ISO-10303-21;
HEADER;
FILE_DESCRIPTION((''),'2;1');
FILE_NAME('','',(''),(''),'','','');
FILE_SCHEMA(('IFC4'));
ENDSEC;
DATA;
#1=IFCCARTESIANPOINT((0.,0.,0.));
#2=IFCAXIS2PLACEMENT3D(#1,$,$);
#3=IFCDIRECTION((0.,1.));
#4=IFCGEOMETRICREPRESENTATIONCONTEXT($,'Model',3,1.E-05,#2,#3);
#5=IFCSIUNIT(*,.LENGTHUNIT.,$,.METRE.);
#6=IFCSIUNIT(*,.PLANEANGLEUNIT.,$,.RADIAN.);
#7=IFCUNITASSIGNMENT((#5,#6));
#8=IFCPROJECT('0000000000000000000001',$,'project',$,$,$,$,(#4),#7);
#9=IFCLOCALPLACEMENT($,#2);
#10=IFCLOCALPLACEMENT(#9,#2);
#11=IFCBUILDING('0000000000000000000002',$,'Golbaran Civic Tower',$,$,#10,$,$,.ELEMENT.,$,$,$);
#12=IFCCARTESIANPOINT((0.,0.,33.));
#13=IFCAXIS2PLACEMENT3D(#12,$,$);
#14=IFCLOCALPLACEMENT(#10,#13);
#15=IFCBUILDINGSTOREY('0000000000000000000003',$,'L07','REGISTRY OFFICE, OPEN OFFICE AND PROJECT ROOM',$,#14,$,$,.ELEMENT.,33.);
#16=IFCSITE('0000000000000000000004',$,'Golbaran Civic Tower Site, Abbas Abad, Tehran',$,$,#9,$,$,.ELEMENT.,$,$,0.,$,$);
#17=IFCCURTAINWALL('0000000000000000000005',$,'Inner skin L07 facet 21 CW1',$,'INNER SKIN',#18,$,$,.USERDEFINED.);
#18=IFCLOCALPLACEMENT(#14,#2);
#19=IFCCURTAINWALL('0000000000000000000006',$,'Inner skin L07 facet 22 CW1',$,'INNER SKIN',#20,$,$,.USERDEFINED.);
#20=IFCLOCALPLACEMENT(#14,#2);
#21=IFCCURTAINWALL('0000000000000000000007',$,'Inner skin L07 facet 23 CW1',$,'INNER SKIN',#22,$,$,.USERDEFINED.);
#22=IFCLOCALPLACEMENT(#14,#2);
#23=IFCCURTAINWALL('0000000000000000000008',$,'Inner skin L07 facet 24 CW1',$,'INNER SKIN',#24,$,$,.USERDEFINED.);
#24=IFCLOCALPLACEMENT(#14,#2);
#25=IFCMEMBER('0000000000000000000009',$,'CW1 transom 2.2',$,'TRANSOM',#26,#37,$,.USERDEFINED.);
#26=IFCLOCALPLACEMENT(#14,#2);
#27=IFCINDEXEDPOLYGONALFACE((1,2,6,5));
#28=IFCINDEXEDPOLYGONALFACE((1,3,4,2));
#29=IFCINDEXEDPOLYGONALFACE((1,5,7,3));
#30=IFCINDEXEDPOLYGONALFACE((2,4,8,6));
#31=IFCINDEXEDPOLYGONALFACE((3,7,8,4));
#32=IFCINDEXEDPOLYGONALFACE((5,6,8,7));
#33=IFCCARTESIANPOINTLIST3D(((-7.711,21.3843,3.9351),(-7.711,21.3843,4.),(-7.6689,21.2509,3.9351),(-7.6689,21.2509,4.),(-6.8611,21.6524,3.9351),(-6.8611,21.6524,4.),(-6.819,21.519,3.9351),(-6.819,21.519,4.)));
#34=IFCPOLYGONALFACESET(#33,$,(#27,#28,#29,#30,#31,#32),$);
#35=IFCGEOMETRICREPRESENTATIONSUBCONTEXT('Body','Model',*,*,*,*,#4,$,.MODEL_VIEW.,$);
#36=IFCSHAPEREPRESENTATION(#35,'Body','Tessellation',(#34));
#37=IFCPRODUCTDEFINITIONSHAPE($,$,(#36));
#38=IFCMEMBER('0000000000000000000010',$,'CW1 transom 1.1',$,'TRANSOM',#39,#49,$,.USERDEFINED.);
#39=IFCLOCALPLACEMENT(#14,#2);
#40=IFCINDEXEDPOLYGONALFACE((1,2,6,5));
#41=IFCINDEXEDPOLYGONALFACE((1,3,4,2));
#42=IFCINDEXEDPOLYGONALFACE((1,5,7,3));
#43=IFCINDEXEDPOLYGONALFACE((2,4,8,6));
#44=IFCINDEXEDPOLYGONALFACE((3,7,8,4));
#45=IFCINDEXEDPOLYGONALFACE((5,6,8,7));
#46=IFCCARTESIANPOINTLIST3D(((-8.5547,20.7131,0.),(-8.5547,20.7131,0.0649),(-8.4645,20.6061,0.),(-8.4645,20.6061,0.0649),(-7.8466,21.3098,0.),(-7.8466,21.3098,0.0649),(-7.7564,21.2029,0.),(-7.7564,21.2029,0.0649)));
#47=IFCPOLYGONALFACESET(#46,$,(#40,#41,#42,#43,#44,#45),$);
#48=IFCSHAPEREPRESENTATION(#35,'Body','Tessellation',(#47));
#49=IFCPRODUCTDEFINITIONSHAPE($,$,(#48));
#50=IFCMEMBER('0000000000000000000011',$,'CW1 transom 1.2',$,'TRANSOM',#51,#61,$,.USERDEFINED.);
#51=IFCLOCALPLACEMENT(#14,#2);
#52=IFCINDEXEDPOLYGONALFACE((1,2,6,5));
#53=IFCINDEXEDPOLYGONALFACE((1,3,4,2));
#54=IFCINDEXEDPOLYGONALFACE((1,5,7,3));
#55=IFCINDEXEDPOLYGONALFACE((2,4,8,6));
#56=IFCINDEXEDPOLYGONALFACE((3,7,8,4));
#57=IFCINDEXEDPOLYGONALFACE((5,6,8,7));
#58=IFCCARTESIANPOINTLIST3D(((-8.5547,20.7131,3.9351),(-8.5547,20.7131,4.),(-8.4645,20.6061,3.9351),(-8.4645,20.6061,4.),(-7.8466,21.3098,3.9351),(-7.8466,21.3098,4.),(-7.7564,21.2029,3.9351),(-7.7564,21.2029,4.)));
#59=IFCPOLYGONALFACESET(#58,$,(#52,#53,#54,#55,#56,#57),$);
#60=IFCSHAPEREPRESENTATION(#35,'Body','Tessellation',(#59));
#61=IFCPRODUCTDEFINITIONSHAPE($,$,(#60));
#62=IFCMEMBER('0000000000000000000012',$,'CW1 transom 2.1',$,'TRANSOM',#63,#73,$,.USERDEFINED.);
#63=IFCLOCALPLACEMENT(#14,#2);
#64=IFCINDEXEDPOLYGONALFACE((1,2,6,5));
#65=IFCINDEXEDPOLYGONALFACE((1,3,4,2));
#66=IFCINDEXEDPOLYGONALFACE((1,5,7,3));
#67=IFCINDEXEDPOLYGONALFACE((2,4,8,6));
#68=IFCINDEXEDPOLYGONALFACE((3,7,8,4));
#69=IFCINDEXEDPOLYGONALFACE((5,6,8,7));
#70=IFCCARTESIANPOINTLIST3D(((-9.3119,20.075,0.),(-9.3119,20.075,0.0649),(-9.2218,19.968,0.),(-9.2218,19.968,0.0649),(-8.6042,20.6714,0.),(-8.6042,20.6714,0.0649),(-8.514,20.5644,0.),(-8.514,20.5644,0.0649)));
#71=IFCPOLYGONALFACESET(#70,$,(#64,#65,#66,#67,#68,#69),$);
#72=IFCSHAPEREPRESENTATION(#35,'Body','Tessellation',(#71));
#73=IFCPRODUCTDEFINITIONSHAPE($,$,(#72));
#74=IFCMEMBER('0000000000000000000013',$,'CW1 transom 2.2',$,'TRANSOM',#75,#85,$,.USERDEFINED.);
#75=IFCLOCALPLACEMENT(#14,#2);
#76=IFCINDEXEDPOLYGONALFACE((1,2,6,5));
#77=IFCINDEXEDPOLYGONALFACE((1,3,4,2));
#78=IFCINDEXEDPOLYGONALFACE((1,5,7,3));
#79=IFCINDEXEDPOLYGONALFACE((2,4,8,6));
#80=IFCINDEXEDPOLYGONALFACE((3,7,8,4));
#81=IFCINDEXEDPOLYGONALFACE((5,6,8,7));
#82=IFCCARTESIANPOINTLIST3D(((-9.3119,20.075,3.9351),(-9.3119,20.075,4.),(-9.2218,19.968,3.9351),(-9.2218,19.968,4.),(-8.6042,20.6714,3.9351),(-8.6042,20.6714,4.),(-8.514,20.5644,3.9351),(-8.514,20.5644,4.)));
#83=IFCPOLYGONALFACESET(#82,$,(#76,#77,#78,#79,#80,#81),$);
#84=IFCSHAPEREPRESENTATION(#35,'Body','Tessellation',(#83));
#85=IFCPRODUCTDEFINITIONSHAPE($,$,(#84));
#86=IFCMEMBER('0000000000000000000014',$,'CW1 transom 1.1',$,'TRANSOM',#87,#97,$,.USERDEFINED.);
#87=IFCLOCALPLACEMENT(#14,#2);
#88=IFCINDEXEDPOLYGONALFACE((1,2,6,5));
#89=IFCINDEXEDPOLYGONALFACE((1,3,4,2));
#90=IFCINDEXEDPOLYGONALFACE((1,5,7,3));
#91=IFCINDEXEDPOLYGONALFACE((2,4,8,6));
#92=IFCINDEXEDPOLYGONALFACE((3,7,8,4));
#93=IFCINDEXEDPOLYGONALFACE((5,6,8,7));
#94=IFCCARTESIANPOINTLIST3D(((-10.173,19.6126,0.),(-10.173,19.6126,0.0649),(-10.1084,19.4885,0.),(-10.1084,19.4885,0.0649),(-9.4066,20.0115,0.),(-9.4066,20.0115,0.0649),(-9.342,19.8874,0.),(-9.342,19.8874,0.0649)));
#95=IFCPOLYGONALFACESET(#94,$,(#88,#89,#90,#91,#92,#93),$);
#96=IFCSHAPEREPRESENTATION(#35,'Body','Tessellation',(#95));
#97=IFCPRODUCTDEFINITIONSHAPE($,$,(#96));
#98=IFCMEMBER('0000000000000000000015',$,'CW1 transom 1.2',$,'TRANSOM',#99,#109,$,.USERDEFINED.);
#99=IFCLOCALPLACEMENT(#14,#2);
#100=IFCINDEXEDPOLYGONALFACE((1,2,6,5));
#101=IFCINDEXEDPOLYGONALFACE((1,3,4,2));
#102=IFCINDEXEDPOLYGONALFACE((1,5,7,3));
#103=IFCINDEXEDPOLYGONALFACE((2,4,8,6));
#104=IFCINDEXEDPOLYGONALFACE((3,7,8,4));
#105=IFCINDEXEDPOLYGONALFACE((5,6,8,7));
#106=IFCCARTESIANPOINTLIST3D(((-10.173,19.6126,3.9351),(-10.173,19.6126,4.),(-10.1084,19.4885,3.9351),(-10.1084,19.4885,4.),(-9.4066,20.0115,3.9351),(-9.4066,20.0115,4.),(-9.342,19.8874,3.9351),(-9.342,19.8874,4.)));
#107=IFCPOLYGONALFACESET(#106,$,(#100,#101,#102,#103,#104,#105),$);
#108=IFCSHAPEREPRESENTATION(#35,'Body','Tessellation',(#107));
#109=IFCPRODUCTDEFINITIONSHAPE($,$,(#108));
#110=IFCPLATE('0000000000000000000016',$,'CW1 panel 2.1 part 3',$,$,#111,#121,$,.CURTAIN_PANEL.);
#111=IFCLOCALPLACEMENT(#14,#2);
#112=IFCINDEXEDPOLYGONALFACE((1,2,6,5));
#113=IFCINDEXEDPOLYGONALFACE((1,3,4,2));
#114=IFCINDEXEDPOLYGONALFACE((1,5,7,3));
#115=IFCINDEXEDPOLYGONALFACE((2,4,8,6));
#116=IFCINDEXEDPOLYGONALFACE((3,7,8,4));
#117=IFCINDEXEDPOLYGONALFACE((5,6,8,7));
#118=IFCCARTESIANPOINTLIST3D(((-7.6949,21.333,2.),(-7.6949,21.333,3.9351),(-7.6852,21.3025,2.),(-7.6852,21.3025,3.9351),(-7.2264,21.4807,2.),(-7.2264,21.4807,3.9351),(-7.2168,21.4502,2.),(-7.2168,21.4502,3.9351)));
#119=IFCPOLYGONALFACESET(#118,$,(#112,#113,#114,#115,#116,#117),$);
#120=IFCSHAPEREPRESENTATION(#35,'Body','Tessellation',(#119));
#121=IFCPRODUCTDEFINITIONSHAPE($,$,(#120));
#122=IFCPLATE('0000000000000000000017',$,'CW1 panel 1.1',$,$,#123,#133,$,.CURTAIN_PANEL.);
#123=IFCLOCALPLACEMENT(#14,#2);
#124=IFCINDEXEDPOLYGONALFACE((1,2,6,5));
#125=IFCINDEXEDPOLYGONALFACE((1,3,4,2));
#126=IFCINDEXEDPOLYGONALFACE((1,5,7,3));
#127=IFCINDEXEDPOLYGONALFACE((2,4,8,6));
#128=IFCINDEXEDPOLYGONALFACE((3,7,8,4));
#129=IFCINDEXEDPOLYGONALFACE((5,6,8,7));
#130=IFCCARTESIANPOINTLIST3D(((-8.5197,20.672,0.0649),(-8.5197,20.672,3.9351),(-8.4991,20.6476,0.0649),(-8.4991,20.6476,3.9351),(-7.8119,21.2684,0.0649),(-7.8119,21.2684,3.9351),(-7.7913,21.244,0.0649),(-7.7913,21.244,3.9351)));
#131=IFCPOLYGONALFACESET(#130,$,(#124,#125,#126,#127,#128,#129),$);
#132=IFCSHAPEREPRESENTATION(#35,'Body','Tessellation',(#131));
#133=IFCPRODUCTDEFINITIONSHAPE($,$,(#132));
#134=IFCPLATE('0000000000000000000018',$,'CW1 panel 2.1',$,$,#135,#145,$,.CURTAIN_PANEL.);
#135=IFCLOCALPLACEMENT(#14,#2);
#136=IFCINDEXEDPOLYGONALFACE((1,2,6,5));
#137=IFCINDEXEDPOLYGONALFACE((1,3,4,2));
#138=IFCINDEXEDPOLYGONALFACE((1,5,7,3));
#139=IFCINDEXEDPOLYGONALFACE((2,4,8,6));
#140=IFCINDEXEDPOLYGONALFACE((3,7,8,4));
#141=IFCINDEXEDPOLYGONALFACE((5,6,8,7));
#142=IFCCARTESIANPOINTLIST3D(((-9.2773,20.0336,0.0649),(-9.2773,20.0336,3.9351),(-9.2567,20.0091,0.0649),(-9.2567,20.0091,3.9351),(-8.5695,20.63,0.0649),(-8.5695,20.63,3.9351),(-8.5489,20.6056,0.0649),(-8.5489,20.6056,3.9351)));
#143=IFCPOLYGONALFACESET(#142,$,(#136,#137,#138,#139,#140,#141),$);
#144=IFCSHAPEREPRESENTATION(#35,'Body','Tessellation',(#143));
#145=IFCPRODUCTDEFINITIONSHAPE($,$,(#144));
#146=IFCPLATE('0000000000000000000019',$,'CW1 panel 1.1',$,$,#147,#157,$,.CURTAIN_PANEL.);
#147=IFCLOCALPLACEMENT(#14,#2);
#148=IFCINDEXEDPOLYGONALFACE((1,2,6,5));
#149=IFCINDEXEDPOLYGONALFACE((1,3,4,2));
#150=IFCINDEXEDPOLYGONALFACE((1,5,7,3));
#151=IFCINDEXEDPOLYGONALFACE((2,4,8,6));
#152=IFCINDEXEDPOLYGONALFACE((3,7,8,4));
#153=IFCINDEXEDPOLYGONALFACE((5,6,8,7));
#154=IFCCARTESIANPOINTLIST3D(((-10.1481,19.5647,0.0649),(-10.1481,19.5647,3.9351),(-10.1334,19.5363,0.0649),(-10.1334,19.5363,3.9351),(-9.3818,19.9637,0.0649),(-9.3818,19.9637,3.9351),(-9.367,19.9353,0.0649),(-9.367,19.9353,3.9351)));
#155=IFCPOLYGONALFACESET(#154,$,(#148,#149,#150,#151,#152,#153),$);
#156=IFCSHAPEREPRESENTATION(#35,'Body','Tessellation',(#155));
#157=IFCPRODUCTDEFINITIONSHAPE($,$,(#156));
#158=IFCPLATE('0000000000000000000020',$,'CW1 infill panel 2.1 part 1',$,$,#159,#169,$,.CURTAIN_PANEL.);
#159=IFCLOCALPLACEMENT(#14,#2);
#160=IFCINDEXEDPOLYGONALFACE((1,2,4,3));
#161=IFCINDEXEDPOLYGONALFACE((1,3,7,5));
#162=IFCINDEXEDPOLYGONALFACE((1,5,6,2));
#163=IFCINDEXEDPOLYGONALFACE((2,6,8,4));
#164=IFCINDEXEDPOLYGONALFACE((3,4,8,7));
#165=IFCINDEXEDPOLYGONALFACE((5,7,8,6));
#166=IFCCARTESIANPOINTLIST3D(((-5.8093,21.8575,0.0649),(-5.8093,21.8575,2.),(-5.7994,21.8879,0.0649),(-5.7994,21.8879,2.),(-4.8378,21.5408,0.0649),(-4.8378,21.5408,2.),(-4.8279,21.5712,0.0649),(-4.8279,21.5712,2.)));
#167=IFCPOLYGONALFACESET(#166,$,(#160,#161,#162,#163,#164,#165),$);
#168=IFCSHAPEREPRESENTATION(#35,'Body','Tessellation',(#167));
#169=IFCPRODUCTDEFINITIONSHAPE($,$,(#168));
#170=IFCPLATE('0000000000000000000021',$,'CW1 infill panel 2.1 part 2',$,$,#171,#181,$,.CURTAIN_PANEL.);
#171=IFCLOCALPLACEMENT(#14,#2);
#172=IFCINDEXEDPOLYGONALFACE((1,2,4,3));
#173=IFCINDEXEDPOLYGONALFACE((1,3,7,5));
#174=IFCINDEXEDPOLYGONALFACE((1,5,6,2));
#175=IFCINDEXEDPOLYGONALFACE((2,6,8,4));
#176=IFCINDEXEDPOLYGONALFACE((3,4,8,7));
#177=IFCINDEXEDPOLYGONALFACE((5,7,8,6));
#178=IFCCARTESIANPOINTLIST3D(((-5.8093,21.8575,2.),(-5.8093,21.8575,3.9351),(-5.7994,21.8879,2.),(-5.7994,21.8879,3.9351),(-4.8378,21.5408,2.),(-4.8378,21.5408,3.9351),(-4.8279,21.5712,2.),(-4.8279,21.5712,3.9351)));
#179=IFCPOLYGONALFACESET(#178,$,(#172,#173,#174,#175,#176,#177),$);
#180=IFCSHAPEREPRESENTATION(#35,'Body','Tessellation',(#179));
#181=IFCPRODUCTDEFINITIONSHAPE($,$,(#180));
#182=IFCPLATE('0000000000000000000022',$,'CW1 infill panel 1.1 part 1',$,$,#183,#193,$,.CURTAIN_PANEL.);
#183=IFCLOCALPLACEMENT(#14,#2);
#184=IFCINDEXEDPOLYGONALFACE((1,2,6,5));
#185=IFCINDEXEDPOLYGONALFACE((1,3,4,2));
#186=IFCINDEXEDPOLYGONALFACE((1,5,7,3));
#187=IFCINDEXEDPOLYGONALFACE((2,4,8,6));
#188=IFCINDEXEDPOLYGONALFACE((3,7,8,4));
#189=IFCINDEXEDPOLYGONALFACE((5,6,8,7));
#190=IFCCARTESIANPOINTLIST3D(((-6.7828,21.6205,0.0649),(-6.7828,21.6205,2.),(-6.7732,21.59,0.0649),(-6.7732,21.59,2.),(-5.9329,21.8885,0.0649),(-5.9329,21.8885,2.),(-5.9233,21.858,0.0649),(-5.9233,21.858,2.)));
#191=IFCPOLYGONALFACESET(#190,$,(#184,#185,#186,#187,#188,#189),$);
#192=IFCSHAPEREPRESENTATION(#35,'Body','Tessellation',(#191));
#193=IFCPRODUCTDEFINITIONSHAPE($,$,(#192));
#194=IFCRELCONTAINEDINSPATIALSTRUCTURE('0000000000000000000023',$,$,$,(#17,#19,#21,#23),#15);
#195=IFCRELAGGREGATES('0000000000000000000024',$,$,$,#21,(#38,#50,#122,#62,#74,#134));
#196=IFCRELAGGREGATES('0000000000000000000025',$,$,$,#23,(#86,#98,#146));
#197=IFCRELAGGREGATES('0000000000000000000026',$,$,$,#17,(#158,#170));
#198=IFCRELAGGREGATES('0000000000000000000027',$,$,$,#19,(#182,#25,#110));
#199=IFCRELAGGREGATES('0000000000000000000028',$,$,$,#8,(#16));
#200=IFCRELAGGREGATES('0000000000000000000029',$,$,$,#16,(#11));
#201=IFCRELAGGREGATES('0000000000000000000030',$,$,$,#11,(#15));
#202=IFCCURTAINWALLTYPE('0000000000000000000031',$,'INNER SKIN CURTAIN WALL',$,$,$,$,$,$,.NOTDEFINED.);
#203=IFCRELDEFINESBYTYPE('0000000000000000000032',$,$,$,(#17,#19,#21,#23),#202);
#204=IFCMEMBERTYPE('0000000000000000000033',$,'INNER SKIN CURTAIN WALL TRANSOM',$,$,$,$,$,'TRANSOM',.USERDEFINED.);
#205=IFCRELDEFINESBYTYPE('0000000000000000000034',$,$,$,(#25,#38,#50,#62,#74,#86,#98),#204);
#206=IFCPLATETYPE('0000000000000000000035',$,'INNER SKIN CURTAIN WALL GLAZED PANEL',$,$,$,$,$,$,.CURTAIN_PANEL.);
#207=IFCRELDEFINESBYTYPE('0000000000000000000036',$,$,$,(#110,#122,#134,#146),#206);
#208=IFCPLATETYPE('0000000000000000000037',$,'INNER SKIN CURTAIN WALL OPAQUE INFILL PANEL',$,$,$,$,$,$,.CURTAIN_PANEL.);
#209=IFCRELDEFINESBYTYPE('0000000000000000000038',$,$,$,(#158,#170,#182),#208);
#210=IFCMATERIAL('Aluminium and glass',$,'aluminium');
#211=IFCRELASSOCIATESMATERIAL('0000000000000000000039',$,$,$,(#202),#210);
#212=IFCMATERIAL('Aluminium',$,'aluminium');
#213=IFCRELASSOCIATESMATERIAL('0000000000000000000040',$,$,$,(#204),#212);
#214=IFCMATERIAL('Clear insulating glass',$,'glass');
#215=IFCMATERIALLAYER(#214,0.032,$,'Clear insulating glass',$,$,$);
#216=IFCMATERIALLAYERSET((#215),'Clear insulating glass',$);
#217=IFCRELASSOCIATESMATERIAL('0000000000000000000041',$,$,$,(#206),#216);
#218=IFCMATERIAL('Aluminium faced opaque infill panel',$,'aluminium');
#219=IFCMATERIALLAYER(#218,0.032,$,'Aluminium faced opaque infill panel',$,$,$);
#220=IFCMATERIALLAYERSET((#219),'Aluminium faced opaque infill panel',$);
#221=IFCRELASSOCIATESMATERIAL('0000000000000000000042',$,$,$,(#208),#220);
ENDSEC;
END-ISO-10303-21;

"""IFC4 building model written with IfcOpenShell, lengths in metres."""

from ifc_helpers import new_model, si_unit, direction, frame, origin, origin_2d, place, context, subcontext, project, spatial, rectangle, extrude, material, layer, layer_set, material_profile, profile_set, type_object, element, aggregate, save


model = new_model("IFC4")

# Units and contexts
model_context = context("Model", 3, precision=1e-05, world=origin(), true_north=direction((0.0, 1.0)))
body_context = subcontext(model_context, "Body", "Model", "MODEL_VIEW")
ifc_project = project(units=[si_unit("LENGTHUNIT", "METRE"), si_unit("PLANEANGLEUNIT", "RADIAN")], contexts=[model_context])

# Site, building, storey
site_placement = place(None, origin())
site = spatial("IfcSite", under=ifc_project, at=site_placement, Name="Golbaran Civic Tower Site, Abbas Abad, Tehran", CompositionType="ELEMENT", RefElevation=0.0)
building_placement = place(site_placement, origin())
building = spatial("IfcBuilding", under=site, at=building_placement, Name="Golbaran Civic Tower", CompositionType="ELEMENT")
storey_placement = place(building_placement, frame((0.0, 0.0, 33.0)))
storey = spatial("IfcBuildingStorey", under=building, at=storey_placement, Name="L07", Description="REGISTRY OFFICE, OPEN OFFICE AND PROJECT ROOM", CompositionType="ELEMENT", Elevation=33.0)

# Curtain wall
ifc_material_1 = material(Name="Aluminium and glass", Category="aluminium")
curtain_wall_type = type_object("IfcCurtainWallType", Name="INNER SKIN CURTAIN WALL", PredefinedType="NOTDEFINED", material=ifc_material_1)
curtain_wall_1_placement = place(storey_placement, origin())
curtain_wall_1 = element("IfcCurtainWall", 1, at=curtain_wall_1_placement, inside=storey, type_object=curtain_wall_type, Name="Inner skin L07 facet 21 CW1", ObjectType="INNER SKIN", PredefinedType="USERDEFINED")
ifc_material_2 = material(Name="Aluminium", Category="aluminium")

# Curtain walls
curtain_wall_2_placement = place(storey_placement, origin())
curtain_wall_2 = element("IfcCurtainWall", 2, at=curtain_wall_2_placement, inside=storey, type_object=curtain_wall_type, Name="Inner skin L07 facet 22 CW1", ObjectType="INNER SKIN", PredefinedType="USERDEFINED")
curtain_wall_3_placement = place(storey_placement, origin())
curtain_wall_3 = element("IfcCurtainWall", 3, at=curtain_wall_3_placement, inside=storey, type_object=curtain_wall_type, Name="Inner skin L07 facet 23 CW1", ObjectType="INNER SKIN", PredefinedType="USERDEFINED")

# Curtain wall
curtain_wall_4_placement = place(storey_placement, origin())
curtain_wall_4 = element("IfcCurtainWall", 4, at=curtain_wall_4_placement, inside=storey, type_object=curtain_wall_type, Name="Inner skin L07 facet 24 CW1", ObjectType="INNER SKIN", PredefinedType="USERDEFINED")

# Members
ifc_material_profile_1 = material_profile(ifc_material_2, rectangle(XDim=0.1399, YDim=0.0649, at=origin_2d()), Name="INNER SKIN CURTAIN WALL TRANSOM")
ifc_profile_set_1 = profile_set([ifc_material_profile_1], Name="Aluminium")
member_type_1 = type_object("IfcMemberType", Name="INNER SKIN CURTAIN WALL TRANSOM", ElementType="TRANSOM", PredefinedType="USERDEFINED", material=ifc_profile_set_1)
member_1_placement = place(storey_placement, frame((-6.8401, 21.5857, 3.9675), z_axis=(-0.953682, -0.300817, 0.0), x_axis=(0.300817, -0.953682, 0.0)))
member_1 = element("IfcMember", 5, at=member_1_placement, type_object=member_type_1, Name="CW1 transom 2.2", ObjectType="TRANSOM", PredefinedType="USERDEFINED", context=body_context, shape_type="SweptSolid", body=[
    extrude(rectangle(XDim=0.1399, YDim=0.0649, at=origin_2d()), origin(), (0.0, 0.0, 1.0), 0.8911),
])
member_2_placement = place(storey_placement, frame((-7.8015, 21.2563, 0.0325), z_axis=(-0.764665, -0.644428, 0.0), x_axis=(0.644428, -0.764665, 0.0)))
member_2 = element("IfcMember", 6, at=member_2_placement, type_object=member_type_1, Name="CW1 transom 1.1", ObjectType="TRANSOM", PredefinedType="USERDEFINED", context=body_context, shape_type="SweptSolid", body=[
    extrude(rectangle(XDim=0.1399, YDim=0.0649, at=origin_2d()), origin(), (0.0, 0.0, 1.0), 0.926),
])
member_3_placement = place(storey_placement, frame((-7.8015, 21.2563, 3.9675), z_axis=(-0.764665, -0.644428, 0.0), x_axis=(0.644428, -0.764665, 0.0)))
member_3 = element("IfcMember", 7, at=member_3_placement, type_object=member_type_1, Name="CW1 transom 1.2", ObjectType="TRANSOM", PredefinedType="USERDEFINED", context=body_context, shape_type="SweptSolid", body=[
    extrude(rectangle(XDim=0.1399, YDim=0.0649, at=origin_2d()), origin(), (0.0, 0.0, 1.0), 0.926),
])
member_4_placement = place(storey_placement, frame((-8.5591, 20.6179, 0.0325), z_axis=(-0.764685, -0.644404, 0.0), x_axis=(0.644404, -0.764685, 0.0)))
member_4 = element("IfcMember", 8, at=member_4_placement, type_object=member_type_1, Name="CW1 transom 2.1", ObjectType="TRANSOM", PredefinedType="USERDEFINED", context=body_context, shape_type="SweptSolid", body=[
    extrude(rectangle(XDim=0.1399, YDim=0.0649, at=origin_2d()), origin(), (0.0, 0.0, 1.0), 0.9255),
])
member_5_placement = place(storey_placement, frame((-8.5591, 20.6179, 3.9675), z_axis=(-0.764685, -0.644404, 0.0), x_axis=(0.644404, -0.764685, 0.0)))
member_5 = element("IfcMember", 9, at=member_5_placement, type_object=member_type_1, Name="CW1 transom 2.2", ObjectType="TRANSOM", PredefinedType="USERDEFINED", context=body_context, shape_type="SweptSolid", body=[
    extrude(rectangle(XDim=0.1399, YDim=0.0649, at=origin_2d()), origin(), (0.0, 0.0, 1.0), 0.9255),
])
member_6_placement = place(storey_placement, frame((-9.3743, 19.9495, 0.0325), z_axis=(-0.887018, -0.461735, 0.0), x_axis=(0.461735, -0.887018, 0.0)))
member_6 = element("IfcMember", 10, at=member_6_placement, type_object=member_type_1, Name="CW1 transom 1.1", ObjectType="TRANSOM", PredefinedType="USERDEFINED", context=body_context, shape_type="SweptSolid", body=[
    extrude(rectangle(XDim=0.1399, YDim=0.0649, at=origin_2d()), origin(), (0.0, 0.0, 1.0), 0.864),
])
member_7_placement = place(storey_placement, frame((-9.3743, 19.9495, 3.9675), z_axis=(-0.887018, -0.461735, 0.0), x_axis=(0.461735, -0.887018, 0.0)))
member_7 = element("IfcMember", 11, at=member_7_placement, type_object=member_type_1, Name="CW1 transom 1.2", ObjectType="TRANSOM", PredefinedType="USERDEFINED", context=body_context, shape_type="SweptSolid", body=[
    extrude(rectangle(XDim=0.1399, YDim=0.0649, at=origin_2d()), origin(), (0.0, 0.0, 1.0), 0.864),
])

# Plates
ifc_material_3 = material(Name="Clear insulating glass", Category="glass")
ifc_layer_1 = layer(ifc_material_3, 0.032, Name="Clear insulating glass")
ifc_layer_set_1 = layer_set([ifc_layer_1], Name="Clear insulating glass")
plate_type_1 = type_object("IfcPlateType", Name="INNER SKIN CURTAIN WALL GLAZED PANEL", PredefinedType="CURTAIN_PANEL", material=ifc_layer_set_1)
plate_1_placement = place(storey_placement, frame((-7.4558, 21.3916, 2.0), z_axis=(0.0, 0.0, 1.0), x_axis=(-0.953717, -0.300706, 0.0)))
plate_1 = element("IfcPlate", 12, at=plate_1_placement, type_object=plate_type_1, Name="CW1 panel 2.1 part 3", PredefinedType="CURTAIN_PANEL", context=body_context, shape_type="SweptSolid", body=[
    extrude(rectangle(XDim=0.4912, YDim=0.032, at=origin_2d()), origin(), (0.0, 0.0, 1.0), 1.9351),
])
plate_2_placement = place(storey_placement, frame((-8.1555, 20.958, 0.0649), z_axis=(0.0, 0.0, 1.0), x_axis=(-0.764692, -0.644395, 0.0)))
plate_2 = element("IfcPlate", 13, at=plate_2_placement, type_object=plate_type_1, Name="CW1 panel 1.1", PredefinedType="CURTAIN_PANEL", context=body_context, shape_type="SweptSolid", body=[
    extrude(rectangle(XDim=0.9255, YDim=0.032, at=origin_2d()), origin(), (0.0, 0.0, 1.0), 3.8701),
])
plate_3_placement = place(storey_placement, frame((-8.9131, 20.3196, 0.0649), z_axis=(0.0, 0.0, 1.0), x_axis=(-0.764692, -0.644395, 0.0)))
plate_3 = element("IfcPlate", 14, at=plate_3_placement, type_object=plate_type_1, Name="CW1 panel 2.1", PredefinedType="CURTAIN_PANEL", context=body_context, shape_type="SweptSolid", body=[
    extrude(rectangle(XDim=0.9255, YDim=0.032, at=origin_2d()), origin(), (0.0, 0.0, 1.0), 3.8701),
])
aggregate(curtain_wall_3, [member_2, member_3, plate_2, member_4, member_5, plate_3])
plate_4_placement = place(storey_placement, frame((-9.7576, 19.75, 0.0649), z_axis=(0.0, 0.0, 1.0), x_axis=(-0.887011, -0.461749, 0.0)))
plate_4 = element("IfcPlate", 15, at=plate_4_placement, type_object=plate_type_1, Name="CW1 panel 1.1", PredefinedType="CURTAIN_PANEL", context=body_context, shape_type="SweptSolid", body=[
    extrude(rectangle(XDim=0.864, YDim=0.032, at=origin_2d()), origin(), (0.0, 0.0, 1.0), 3.8701),
])
aggregate(curtain_wall_4, [member_6, member_7, plate_4])
ifc_material_4 = material(Name="Aluminium faced opaque infill panel", Category="aluminium")
ifc_layer_2 = layer(ifc_material_4, 0.032, Name="Aluminium faced opaque infill panel")
ifc_layer_set_2 = layer_set([ifc_layer_2], Name="Aluminium faced opaque infill panel")
plate_type_2 = type_object("IfcPlateType", Name="INNER SKIN CURTAIN WALL OPAQUE INFILL PANEL", PredefinedType="CURTAIN_PANEL", material=ifc_layer_set_2)
plate_5_placement = place(storey_placement, frame((-5.3186, 21.7144, 0.0649), z_axis=(0.0, 0.0, 1.0), x_axis=(-0.950761, 0.309925, 0.0)))
plate_5 = element("IfcPlate", 16, at=plate_5_placement, type_object=plate_type_2, Name="CW1 infill panel 2.1 part 1", PredefinedType="CURTAIN_PANEL", context=body_context, shape_type="SweptSolid", body=[
    extrude(rectangle(XDim=1.0217, YDim=0.032, at=origin_2d()), origin(), (0.0, 0.0, 1.0), 1.9351),
])
plate_6_placement = place(storey_placement, frame((-5.3186, 21.7144, 2.0), z_axis=(0.0, 0.0, 1.0), x_axis=(-0.950761, 0.309925, 0.0)))
plate_6 = element("IfcPlate", 17, at=plate_6_placement, type_object=plate_type_2, Name="CW1 infill panel 2.1 part 2", PredefinedType="CURTAIN_PANEL", context=body_context, shape_type="SweptSolid", body=[
    extrude(rectangle(XDim=1.0217, YDim=0.032, at=origin_2d()), origin(), (0.0, 0.0, 1.0), 1.9351),
])
aggregate(curtain_wall_1, [plate_5, plate_6])
plate_7_placement = place(storey_placement, frame((-6.353, 21.7393, 0.0649), z_axis=(0.0, 0.0, 1.0), x_axis=(-0.953717, -0.300706, 0.0)))
plate_7 = element("IfcPlate", 18, at=plate_7_placement, type_object=plate_type_2, Name="CW1 infill panel 1.1 part 1", PredefinedType="CURTAIN_PANEL", context=body_context, shape_type="SweptSolid", body=[
    extrude(rectangle(XDim=0.8911, YDim=0.032, at=origin_2d()), origin(), (0.0, 0.0, 1.0), 1.9351),
])
aggregate(curtain_wall_2, [plate_7, member_1, plate_1])

save(model, "model.ifc")
